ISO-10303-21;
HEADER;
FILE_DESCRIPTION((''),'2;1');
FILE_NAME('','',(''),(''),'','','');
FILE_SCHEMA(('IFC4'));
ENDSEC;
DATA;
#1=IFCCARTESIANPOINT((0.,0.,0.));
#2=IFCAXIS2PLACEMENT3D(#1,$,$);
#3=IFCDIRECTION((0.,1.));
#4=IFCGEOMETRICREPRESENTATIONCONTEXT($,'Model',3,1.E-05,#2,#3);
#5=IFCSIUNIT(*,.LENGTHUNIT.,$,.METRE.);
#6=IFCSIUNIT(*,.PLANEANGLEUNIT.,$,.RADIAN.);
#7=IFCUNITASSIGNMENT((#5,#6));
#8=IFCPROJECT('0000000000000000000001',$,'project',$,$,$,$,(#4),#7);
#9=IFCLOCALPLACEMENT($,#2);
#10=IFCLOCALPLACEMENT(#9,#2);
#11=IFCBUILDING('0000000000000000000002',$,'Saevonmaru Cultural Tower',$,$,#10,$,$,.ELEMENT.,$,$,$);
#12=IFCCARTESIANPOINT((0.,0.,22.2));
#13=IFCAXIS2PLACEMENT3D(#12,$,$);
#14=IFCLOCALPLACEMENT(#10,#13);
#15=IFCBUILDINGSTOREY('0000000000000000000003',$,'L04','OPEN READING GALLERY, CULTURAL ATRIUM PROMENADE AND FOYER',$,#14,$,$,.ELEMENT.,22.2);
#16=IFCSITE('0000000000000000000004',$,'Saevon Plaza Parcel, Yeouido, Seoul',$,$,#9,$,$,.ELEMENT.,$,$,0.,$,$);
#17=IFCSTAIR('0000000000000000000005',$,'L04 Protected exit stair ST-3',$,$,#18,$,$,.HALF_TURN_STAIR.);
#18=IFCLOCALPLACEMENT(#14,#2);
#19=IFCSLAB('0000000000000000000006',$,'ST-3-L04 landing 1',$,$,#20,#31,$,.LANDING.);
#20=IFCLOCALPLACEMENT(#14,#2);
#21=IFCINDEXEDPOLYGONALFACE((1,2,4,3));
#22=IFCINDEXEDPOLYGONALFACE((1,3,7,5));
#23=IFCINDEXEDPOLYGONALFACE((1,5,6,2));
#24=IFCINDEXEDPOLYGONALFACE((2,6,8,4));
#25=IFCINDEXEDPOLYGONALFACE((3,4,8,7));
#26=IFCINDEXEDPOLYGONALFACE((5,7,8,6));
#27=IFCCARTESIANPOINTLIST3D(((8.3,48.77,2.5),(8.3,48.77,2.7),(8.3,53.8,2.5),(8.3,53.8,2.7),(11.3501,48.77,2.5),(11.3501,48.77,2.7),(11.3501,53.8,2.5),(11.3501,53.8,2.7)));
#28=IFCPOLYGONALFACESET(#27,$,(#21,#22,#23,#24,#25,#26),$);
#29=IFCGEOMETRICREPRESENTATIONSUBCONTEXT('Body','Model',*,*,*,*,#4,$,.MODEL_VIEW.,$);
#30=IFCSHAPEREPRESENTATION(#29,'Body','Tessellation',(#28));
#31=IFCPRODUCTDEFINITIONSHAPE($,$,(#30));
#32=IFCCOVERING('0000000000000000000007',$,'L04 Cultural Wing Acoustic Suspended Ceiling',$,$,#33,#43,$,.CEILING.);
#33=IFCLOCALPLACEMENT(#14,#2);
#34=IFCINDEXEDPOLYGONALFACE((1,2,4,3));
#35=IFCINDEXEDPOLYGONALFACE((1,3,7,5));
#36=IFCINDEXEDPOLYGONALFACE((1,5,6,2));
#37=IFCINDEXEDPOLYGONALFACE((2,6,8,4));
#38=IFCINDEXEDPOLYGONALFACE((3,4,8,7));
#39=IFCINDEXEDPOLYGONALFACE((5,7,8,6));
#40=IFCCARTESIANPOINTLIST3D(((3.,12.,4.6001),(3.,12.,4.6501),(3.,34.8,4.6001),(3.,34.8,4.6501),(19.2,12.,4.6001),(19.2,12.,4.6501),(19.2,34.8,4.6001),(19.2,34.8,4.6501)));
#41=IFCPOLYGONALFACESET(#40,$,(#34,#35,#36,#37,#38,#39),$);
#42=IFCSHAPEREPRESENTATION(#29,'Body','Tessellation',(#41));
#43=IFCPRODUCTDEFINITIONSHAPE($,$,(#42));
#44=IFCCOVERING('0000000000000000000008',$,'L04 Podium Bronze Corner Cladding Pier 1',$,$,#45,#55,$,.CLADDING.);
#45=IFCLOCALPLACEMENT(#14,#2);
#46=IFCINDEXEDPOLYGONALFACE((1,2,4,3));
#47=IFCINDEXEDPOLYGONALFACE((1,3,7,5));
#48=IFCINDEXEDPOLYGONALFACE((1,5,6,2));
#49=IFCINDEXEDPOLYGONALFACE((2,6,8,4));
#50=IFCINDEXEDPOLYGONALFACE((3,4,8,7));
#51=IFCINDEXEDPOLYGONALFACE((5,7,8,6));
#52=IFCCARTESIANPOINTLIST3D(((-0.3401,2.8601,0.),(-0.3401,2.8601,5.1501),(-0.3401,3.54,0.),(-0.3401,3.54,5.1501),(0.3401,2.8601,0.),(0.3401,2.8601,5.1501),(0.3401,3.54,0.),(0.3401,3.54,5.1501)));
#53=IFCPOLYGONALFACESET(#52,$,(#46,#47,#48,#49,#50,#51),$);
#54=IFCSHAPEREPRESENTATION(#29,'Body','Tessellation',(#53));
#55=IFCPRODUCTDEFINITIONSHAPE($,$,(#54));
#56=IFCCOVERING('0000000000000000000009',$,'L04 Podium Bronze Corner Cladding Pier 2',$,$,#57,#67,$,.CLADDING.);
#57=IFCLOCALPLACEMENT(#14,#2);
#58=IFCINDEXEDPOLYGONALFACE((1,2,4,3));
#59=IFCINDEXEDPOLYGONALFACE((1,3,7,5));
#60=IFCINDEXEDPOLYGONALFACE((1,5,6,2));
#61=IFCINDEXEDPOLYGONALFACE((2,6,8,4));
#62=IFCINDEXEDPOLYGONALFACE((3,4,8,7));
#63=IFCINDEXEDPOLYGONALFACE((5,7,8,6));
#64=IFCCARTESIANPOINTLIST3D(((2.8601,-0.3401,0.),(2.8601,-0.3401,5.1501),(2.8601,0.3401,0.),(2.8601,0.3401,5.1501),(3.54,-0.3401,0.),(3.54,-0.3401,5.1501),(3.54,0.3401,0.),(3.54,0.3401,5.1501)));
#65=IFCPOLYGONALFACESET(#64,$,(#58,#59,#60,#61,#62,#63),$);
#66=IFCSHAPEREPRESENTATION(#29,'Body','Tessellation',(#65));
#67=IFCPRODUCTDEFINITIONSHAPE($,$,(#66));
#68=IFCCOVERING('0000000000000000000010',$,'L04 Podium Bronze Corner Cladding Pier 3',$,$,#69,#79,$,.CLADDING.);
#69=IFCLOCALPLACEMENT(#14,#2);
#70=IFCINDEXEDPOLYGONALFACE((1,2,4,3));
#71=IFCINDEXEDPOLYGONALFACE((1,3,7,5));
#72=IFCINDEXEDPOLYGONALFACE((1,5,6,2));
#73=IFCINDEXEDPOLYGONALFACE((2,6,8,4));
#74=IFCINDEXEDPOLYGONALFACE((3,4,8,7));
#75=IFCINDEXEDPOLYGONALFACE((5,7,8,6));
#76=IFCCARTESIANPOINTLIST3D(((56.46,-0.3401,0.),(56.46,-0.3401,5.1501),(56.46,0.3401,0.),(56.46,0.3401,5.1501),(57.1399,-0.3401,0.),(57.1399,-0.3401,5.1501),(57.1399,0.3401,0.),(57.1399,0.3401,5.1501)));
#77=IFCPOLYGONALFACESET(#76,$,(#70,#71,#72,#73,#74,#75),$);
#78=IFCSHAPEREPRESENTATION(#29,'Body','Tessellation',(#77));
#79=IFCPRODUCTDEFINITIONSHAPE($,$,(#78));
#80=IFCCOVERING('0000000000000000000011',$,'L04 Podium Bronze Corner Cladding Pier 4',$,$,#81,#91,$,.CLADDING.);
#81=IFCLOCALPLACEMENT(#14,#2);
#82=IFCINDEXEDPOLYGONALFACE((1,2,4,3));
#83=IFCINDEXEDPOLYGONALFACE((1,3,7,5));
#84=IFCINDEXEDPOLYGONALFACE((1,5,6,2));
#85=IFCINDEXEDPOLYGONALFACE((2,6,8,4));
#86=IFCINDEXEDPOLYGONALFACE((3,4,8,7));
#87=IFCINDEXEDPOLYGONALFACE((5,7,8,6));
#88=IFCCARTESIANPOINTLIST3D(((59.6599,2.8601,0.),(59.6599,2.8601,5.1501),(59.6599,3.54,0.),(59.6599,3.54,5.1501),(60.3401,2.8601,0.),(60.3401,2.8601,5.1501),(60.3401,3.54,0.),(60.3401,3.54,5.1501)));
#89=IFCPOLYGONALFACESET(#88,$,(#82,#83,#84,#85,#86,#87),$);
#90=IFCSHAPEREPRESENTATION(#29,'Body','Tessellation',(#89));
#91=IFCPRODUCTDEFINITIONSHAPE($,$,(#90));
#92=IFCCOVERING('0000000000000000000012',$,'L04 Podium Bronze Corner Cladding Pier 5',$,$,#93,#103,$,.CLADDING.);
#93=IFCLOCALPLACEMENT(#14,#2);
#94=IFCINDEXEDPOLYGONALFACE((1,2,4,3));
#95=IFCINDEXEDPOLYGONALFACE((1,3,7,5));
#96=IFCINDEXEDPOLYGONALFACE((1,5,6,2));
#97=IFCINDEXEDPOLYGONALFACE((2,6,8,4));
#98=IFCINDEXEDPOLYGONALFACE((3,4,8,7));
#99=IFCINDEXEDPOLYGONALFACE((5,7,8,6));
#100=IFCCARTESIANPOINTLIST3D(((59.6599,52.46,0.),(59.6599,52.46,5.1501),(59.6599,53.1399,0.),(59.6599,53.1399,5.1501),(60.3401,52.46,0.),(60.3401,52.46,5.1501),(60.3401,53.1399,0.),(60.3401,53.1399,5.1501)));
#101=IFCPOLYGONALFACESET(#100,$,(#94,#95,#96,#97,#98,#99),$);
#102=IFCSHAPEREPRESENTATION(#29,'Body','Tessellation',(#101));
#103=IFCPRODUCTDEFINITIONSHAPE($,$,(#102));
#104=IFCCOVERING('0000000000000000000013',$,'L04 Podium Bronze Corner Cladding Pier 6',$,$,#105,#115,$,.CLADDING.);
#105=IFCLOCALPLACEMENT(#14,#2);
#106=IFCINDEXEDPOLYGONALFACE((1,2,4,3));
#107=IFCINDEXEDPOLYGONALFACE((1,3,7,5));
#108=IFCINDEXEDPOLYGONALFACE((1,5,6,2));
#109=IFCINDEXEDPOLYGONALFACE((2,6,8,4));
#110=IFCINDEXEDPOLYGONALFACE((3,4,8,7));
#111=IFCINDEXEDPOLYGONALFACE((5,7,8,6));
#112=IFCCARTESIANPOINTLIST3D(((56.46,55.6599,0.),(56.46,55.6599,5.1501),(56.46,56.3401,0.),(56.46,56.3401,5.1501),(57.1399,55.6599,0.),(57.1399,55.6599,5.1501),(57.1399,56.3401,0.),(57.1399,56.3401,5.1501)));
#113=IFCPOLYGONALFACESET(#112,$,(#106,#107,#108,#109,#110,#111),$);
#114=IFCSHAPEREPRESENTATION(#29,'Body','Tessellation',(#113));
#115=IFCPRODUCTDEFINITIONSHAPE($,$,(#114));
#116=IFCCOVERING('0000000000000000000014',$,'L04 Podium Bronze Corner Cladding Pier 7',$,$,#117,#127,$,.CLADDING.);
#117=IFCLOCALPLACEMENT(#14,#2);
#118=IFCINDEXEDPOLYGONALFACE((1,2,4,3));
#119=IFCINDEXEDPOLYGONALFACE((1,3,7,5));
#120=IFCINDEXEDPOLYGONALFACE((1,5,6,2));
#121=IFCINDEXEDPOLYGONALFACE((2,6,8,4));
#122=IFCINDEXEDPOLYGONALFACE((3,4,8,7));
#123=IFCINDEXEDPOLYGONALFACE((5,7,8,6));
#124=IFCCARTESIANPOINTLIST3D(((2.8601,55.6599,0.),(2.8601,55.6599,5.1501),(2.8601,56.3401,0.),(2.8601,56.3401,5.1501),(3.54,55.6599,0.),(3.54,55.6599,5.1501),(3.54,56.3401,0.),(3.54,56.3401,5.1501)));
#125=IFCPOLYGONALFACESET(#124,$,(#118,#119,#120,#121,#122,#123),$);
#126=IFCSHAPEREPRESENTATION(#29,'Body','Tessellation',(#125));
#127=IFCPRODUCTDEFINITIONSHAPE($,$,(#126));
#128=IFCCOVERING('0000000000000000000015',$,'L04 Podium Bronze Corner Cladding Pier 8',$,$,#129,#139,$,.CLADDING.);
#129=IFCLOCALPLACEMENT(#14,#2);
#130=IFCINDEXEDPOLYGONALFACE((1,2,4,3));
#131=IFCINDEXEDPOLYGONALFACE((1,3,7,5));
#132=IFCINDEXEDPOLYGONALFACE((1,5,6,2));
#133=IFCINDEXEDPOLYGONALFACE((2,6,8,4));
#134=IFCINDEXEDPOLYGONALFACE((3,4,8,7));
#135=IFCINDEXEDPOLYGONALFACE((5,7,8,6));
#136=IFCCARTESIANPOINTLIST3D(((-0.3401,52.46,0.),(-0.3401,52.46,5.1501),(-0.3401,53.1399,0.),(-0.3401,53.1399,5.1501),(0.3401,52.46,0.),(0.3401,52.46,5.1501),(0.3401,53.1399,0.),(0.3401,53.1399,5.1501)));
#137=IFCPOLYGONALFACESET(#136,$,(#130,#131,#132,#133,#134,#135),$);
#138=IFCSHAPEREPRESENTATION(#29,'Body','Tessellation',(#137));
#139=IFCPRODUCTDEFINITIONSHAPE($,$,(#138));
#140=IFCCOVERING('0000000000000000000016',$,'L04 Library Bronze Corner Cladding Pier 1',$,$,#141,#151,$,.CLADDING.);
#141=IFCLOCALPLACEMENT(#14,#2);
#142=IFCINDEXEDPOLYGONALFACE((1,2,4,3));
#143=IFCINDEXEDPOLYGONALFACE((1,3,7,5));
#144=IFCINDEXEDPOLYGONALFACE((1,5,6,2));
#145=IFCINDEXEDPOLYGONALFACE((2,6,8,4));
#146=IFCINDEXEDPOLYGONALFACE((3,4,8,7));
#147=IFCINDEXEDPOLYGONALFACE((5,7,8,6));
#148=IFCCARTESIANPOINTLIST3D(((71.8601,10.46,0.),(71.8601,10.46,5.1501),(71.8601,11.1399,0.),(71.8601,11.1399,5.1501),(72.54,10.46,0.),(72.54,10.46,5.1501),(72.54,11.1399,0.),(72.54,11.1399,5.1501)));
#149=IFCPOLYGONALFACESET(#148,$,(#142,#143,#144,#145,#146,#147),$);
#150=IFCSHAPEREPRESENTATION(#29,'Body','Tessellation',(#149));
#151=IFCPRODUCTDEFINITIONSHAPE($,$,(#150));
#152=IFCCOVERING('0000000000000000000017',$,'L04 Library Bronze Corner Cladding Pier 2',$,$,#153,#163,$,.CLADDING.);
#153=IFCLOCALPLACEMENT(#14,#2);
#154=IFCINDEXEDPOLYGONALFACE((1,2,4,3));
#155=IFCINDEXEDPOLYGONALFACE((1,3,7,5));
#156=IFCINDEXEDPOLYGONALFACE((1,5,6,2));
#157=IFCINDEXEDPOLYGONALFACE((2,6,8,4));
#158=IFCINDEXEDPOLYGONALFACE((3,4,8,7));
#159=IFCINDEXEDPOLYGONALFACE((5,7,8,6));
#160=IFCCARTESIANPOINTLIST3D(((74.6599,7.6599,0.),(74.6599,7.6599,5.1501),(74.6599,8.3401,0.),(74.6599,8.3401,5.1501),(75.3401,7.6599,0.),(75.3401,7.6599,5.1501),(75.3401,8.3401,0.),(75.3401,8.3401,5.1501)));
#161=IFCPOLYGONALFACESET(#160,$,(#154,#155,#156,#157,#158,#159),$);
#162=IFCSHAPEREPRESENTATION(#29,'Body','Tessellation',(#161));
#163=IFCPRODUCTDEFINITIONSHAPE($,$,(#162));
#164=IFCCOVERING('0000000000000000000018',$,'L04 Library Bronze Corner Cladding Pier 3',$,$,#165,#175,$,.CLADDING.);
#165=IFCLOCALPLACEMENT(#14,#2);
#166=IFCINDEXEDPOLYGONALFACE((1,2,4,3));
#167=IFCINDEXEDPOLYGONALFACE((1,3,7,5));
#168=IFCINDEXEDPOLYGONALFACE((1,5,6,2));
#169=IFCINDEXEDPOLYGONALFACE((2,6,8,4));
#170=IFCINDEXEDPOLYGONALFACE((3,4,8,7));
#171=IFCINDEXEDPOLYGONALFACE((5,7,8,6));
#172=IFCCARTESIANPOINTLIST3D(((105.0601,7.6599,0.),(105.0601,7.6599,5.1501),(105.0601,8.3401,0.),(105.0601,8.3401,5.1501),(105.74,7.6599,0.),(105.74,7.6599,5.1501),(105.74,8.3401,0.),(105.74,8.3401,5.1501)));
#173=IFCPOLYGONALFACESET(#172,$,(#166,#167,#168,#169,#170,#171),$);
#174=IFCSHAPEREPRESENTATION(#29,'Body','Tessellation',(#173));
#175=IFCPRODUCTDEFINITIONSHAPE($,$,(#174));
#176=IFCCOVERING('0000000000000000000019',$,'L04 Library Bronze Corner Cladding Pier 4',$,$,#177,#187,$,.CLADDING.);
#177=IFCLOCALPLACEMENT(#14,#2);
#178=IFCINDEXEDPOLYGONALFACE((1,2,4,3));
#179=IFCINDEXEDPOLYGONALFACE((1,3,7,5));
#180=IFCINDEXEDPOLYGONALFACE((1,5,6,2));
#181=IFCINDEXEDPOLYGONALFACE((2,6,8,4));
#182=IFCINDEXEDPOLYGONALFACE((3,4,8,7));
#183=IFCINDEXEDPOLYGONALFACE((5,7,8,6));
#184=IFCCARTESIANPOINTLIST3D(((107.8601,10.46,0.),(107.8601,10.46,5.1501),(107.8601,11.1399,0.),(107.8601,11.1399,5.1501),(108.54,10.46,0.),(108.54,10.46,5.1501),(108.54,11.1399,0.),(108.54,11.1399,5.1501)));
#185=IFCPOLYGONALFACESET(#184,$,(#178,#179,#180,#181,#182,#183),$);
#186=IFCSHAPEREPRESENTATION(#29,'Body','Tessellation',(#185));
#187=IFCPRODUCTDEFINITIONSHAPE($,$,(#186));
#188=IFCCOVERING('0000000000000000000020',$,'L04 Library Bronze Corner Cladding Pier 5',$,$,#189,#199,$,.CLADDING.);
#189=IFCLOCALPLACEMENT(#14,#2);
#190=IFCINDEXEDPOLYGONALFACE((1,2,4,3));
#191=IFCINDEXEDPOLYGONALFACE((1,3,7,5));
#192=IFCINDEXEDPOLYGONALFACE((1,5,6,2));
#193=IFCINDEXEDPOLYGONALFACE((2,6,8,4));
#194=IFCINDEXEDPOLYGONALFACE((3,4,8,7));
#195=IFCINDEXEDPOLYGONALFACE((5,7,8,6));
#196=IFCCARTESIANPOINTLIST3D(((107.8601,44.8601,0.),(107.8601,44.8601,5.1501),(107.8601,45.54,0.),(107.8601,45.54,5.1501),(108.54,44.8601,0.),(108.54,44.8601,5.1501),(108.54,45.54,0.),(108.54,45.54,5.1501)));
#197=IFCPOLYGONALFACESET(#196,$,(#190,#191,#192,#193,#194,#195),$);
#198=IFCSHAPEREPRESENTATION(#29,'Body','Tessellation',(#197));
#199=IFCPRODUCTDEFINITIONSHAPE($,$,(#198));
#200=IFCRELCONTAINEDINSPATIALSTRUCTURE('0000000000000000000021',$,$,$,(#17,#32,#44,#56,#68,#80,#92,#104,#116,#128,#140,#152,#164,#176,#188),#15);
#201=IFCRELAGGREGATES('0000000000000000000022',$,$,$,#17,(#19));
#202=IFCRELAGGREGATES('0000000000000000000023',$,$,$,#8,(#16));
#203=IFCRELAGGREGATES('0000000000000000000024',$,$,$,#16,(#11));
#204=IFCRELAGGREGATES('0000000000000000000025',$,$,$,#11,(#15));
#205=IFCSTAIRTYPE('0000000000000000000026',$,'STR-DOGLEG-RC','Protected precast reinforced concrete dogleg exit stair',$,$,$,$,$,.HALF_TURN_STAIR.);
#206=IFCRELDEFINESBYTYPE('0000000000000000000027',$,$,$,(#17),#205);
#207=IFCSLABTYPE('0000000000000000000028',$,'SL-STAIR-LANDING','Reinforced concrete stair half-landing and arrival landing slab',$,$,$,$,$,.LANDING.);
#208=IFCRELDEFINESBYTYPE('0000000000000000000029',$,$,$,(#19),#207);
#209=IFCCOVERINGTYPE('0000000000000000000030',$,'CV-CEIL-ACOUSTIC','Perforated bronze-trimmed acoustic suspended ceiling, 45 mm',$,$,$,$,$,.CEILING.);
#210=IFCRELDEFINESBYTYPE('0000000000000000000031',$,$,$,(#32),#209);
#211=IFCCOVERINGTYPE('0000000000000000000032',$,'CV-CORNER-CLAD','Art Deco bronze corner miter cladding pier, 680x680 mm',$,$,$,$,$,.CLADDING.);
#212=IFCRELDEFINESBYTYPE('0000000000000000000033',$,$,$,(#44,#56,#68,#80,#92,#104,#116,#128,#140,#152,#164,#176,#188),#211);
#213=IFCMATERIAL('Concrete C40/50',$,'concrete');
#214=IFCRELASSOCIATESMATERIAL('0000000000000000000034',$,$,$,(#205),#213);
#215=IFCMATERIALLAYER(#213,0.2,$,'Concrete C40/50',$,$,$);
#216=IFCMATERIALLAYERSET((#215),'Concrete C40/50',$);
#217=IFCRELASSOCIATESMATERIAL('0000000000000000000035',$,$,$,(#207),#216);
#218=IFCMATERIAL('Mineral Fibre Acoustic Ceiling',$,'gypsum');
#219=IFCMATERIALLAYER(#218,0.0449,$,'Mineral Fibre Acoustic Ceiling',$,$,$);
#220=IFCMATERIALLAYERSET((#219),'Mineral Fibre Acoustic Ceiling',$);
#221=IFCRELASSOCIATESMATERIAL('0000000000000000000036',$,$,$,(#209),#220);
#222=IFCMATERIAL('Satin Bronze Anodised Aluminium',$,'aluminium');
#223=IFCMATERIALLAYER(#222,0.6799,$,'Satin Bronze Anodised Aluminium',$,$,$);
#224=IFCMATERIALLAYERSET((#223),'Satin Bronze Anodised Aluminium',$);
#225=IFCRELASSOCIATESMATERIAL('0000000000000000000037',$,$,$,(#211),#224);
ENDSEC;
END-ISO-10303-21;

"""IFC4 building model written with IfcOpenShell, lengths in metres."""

from ifc_helpers import new_model, si_unit, direction, frame, origin, place, context, subcontext, project, spatial, polyline, outline, extrude, material, layer, layer_set, type_object, element, aggregate, save


model = new_model("IFC4")

# Units and contexts
model_context = context("Model", 3, precision=1e-05, world=origin(), true_north=direction((0.0, 1.0)))
body_context = subcontext(model_context, "Body", "Model", "MODEL_VIEW")
ifc_project = project(units=[si_unit("LENGTHUNIT", "METRE"), si_unit("PLANEANGLEUNIT", "RADIAN")], contexts=[model_context])

# Site, building, storey
site_placement = place(None, origin())
site = spatial("IfcSite", under=ifc_project, at=site_placement, Name="Saevon Plaza Parcel, Yeouido, Seoul", CompositionType="ELEMENT", RefElevation=0.0)
building_placement = place(site_placement, origin())
building = spatial("IfcBuilding", under=site, at=building_placement, Name="Saevonmaru Cultural Tower", CompositionType="ELEMENT")
storey_placement = place(building_placement, frame((0.0, 0.0, 22.2)))
storey = spatial("IfcBuildingStorey", under=building, at=storey_placement, Name="L04", Description="OPEN READING GALLERY, CULTURAL ATRIUM PROMENADE AND FOYER", CompositionType="ELEMENT", Elevation=22.2)

# Shared definitions
ifc_material_1 = material(Name="Satin Bronze Anodised Aluminium", Category="aluminium")

# Shared definitions
ifc_material_2 = material(Name="Concrete C40/50", Category="concrete")

# Stair, slab
stair_type = type_object("IfcStairType", Name="STR-DOGLEG-RC", Description="Protected precast reinforced concrete dogleg exit stair", PredefinedType="HALF_TURN_STAIR", material=ifc_material_2)
ifc_layer_1 = layer(ifc_material_2, 0.2, Name="Concrete C40/50")
ifc_layer_set_1 = layer_set([ifc_layer_1], Name="Concrete C40/50")
slab_type_1 = type_object("IfcSlabType", Name="SL-STAIR-LANDING", Description="Reinforced concrete stair half-landing and arrival landing slab", PredefinedType="LANDING", material=ifc_layer_set_1)
stair_1_placement = place(storey_placement, origin())
stair_1 = element("IfcStair", 1, at=stair_1_placement, inside=storey, type_object=stair_type, Name="L04 Protected exit stair ST-3", PredefinedType="HALF_TURN_STAIR")
slab_1_placement = place(storey_placement, frame((0.0, 0.0, 2.5)))
slab_1 = element("IfcSlab", 2, at=slab_1_placement, type_object=slab_type_1, Name="ST-3-L04 landing 1", PredefinedType="LANDING", context=body_context, shape_type="SweptSolid", body=[
    extrude(outline(polyline([(11.3501, 48.77), (11.3501, 53.8), (8.3, 53.8), (8.3, 48.77), (11.3501, 48.77)])), origin(), (0.0, 0.0, 1.0), 0.2),
])
aggregate(stair_1, [slab_1])

# Coverings
ifc_material_3 = material(Name="Mineral Fibre Acoustic Ceiling", Category="gypsum")
ifc_layer_2 = layer(ifc_material_3, 0.0449, Name="Mineral Fibre Acoustic Ceiling")
ifc_layer_set_2 = layer_set([ifc_layer_2], Name="Mineral Fibre Acoustic Ceiling")
covering_type_1 = type_object("IfcCoveringType", Name="CV-CEIL-ACOUSTIC", Description="Perforated bronze-trimmed acoustic suspended ceiling, 45 mm", PredefinedType="CEILING", material=ifc_layer_set_2)
covering_1_placement = place(storey_placement, frame((0.0, 0.0, 4.6001)))
element("IfcCovering", 3, at=covering_1_placement, inside=storey, type_object=covering_type_1, Name="L04 Cultural Wing Acoustic Suspended Ceiling", PredefinedType="CEILING", context=body_context, shape_type="SweptSolid", body=[
    extrude(outline(polyline([(3.0, 12.0), (19.2, 12.0), (19.2, 34.8), (3.0, 34.8), (3.0, 12.0)])), origin(), (0.0, 0.0, 1.0), 0.05),
])
ifc_layer_3 = layer(ifc_material_1, 0.6799, Name="Satin Bronze Anodised Aluminium")
ifc_layer_set_3 = layer_set([ifc_layer_3], Name="Satin Bronze Anodised Aluminium")
covering_type_2 = type_object("IfcCoveringType", Name="CV-CORNER-CLAD", Description="Art Deco bronze corner miter cladding pier, 680x680 mm", PredefinedType="CLADDING", material=ifc_layer_set_3)
covering_2_placement = place(storey_placement, origin())
element("IfcCovering", 4, at=covering_2_placement, inside=storey, type_object=covering_type_2, Name="L04 Podium Bronze Corner Cladding Pier 1", PredefinedType="CLADDING", context=body_context, shape_type="SweptSolid", body=[
    extrude(outline(polyline([(-0.3401, 2.8601), (0.3401, 2.8601), (0.3401, 3.54), (-0.3401, 3.54), (-0.3401, 2.8601)])), origin(), (0.0, 0.0, 1.0), 5.1501),
])
covering_3_placement = place(storey_placement, origin())
element("IfcCovering", 5, at=covering_3_placement, inside=storey, type_object=covering_type_2, Name="L04 Podium Bronze Corner Cladding Pier 2", PredefinedType="CLADDING", context=body_context, shape_type="SweptSolid", body=[
    extrude(outline(polyline([(2.8601, -0.3401), (3.54, -0.3401), (3.54, 0.3401), (2.8601, 0.3401), (2.8601, -0.3401)])), origin(), (0.0, 0.0, 1.0), 5.1501),
])
covering_4_placement = place(storey_placement, origin())
element("IfcCovering", 6, at=covering_4_placement, inside=storey, type_object=covering_type_2, Name="L04 Podium Bronze Corner Cladding Pier 3", PredefinedType="CLADDING", context=body_context, shape_type="SweptSolid", body=[
    extrude(outline(polyline([(56.46, -0.3401), (57.1399, -0.3401), (57.1399, 0.3401), (56.46, 0.3401), (56.46, -0.3401)])), origin(), (0.0, 0.0, 1.0), 5.1501),
])
covering_5_placement = place(storey_placement, origin())
element("IfcCovering", 7, at=covering_5_placement, inside=storey, type_object=covering_type_2, Name="L04 Podium Bronze Corner Cladding Pier 4", PredefinedType="CLADDING", context=body_context, shape_type="SweptSolid", body=[
    extrude(outline(polyline([(59.6599, 2.8601), (60.3401, 2.8601), (60.3401, 3.54), (59.6599, 3.54), (59.6599, 2.8601)])), origin(), (0.0, 0.0, 1.0), 5.1501),
])
covering_6_placement = place(storey_placement, origin())
element("IfcCovering", 8, at=covering_6_placement, inside=storey, type_object=covering_type_2, Name="L04 Podium Bronze Corner Cladding Pier 5", PredefinedType="CLADDING", context=body_context, shape_type="SweptSolid", body=[
    extrude(outline(polyline([(59.6599, 52.46), (60.3401, 52.46), (60.3401, 53.1399), (59.6599, 53.1399), (59.6599, 52.46)])), origin(), (0.0, 0.0, 1.0), 5.1501),
])
covering_7_placement = place(storey_placement, origin())
element("IfcCovering", 9, at=covering_7_placement, inside=storey, type_object=covering_type_2, Name="L04 Podium Bronze Corner Cladding Pier 6", PredefinedType="CLADDING", context=body_context, shape_type="SweptSolid", body=[
    extrude(outline(polyline([(56.46, 55.6599), (57.1399, 55.6599), (57.1399, 56.3401), (56.46, 56.3401), (56.46, 55.6599)])), origin(), (0.0, 0.0, 1.0), 5.1501),
])
covering_8_placement = place(storey_placement, origin())
element("IfcCovering", 10, at=covering_8_placement, inside=storey, type_object=covering_type_2, Name="L04 Podium Bronze Corner Cladding Pier 7", PredefinedType="CLADDING", context=body_context, shape_type="SweptSolid", body=[
    extrude(outline(polyline([(2.8601, 55.6599), (3.54, 55.6599), (3.54, 56.3401), (2.8601, 56.3401), (2.8601, 55.6599)])), origin(), (0.0, 0.0, 1.0), 5.1501),
])
covering_9_placement = place(storey_placement, origin())
element("IfcCovering", 11, at=covering_9_placement, inside=storey, type_object=covering_type_2, Name="L04 Podium Bronze Corner Cladding Pier 8", PredefinedType="CLADDING", context=body_context, shape_type="SweptSolid", body=[
    extrude(outline(polyline([(-0.3401, 52.46), (0.3401, 52.46), (0.3401, 53.1399), (-0.3401, 53.1399), (-0.3401, 52.46)])), origin(), (0.0, 0.0, 1.0), 5.1501),
])
covering_10_placement = place(storey_placement, origin())
element("IfcCovering", 12, at=covering_10_placement, inside=storey, type_object=covering_type_2, Name="L04 Library Bronze Corner Cladding Pier 1", PredefinedType="CLADDING", context=body_context, shape_type="SweptSolid", body=[
    extrude(outline(polyline([(71.8601, 10.46), (72.54, 10.46), (72.54, 11.1399), (71.8601, 11.1399), (71.8601, 10.46)])), origin(), (0.0, 0.0, 1.0), 5.1501),
])
covering_11_placement = place(storey_placement, origin())
element("IfcCovering", 13, at=covering_11_placement, inside=storey, type_object=covering_type_2, Name="L04 Library Bronze Corner Cladding Pier 2", PredefinedType="CLADDING", context=body_context, shape_type="SweptSolid", body=[
    extrude(outline(polyline([(74.6599, 7.6599), (75.3401, 7.6599), (75.3401, 8.3401), (74.6599, 8.3401), (74.6599, 7.6599)])), origin(), (0.0, 0.0, 1.0), 5.1501),
])
covering_12_placement = place(storey_placement, origin())
element("IfcCovering", 14, at=covering_12_placement, inside=storey, type_object=covering_type_2, Name="L04 Library Bronze Corner Cladding Pier 3", PredefinedType="CLADDING", context=body_context, shape_type="SweptSolid", body=[
    extrude(outline(polyline([(105.0601, 7.6599), (105.74, 7.6599), (105.74, 8.3401), (105.0601, 8.3401), (105.0601, 7.6599)])), origin(), (0.0, 0.0, 1.0), 5.1501),
])
covering_13_placement = place(storey_placement, origin())
element("IfcCovering", 15, at=covering_13_placement, inside=storey, type_object=covering_type_2, Name="L04 Library Bronze Corner Cladding Pier 4", PredefinedType="CLADDING", context=body_context, shape_type="SweptSolid", body=[
    extrude(outline(polyline([(107.8601, 10.46), (108.54, 10.46), (108.54, 11.1399), (107.8601, 11.1399), (107.8601, 10.46)])), origin(), (0.0, 0.0, 1.0), 5.1501),
])
covering_14_placement = place(storey_placement, origin())
element("IfcCovering", 16, at=covering_14_placement, inside=storey, type_object=covering_type_2, Name="L04 Library Bronze Corner Cladding Pier 5", PredefinedType="CLADDING", context=body_context, shape_type="SweptSolid", body=[
    extrude(outline(polyline([(107.8601, 44.8601), (108.54, 44.8601), (108.54, 45.54), (107.8601, 45.54), (107.8601, 44.8601)])), origin(), (0.0, 0.0, 1.0), 5.1501),
])

save(model, "model.ifc")
